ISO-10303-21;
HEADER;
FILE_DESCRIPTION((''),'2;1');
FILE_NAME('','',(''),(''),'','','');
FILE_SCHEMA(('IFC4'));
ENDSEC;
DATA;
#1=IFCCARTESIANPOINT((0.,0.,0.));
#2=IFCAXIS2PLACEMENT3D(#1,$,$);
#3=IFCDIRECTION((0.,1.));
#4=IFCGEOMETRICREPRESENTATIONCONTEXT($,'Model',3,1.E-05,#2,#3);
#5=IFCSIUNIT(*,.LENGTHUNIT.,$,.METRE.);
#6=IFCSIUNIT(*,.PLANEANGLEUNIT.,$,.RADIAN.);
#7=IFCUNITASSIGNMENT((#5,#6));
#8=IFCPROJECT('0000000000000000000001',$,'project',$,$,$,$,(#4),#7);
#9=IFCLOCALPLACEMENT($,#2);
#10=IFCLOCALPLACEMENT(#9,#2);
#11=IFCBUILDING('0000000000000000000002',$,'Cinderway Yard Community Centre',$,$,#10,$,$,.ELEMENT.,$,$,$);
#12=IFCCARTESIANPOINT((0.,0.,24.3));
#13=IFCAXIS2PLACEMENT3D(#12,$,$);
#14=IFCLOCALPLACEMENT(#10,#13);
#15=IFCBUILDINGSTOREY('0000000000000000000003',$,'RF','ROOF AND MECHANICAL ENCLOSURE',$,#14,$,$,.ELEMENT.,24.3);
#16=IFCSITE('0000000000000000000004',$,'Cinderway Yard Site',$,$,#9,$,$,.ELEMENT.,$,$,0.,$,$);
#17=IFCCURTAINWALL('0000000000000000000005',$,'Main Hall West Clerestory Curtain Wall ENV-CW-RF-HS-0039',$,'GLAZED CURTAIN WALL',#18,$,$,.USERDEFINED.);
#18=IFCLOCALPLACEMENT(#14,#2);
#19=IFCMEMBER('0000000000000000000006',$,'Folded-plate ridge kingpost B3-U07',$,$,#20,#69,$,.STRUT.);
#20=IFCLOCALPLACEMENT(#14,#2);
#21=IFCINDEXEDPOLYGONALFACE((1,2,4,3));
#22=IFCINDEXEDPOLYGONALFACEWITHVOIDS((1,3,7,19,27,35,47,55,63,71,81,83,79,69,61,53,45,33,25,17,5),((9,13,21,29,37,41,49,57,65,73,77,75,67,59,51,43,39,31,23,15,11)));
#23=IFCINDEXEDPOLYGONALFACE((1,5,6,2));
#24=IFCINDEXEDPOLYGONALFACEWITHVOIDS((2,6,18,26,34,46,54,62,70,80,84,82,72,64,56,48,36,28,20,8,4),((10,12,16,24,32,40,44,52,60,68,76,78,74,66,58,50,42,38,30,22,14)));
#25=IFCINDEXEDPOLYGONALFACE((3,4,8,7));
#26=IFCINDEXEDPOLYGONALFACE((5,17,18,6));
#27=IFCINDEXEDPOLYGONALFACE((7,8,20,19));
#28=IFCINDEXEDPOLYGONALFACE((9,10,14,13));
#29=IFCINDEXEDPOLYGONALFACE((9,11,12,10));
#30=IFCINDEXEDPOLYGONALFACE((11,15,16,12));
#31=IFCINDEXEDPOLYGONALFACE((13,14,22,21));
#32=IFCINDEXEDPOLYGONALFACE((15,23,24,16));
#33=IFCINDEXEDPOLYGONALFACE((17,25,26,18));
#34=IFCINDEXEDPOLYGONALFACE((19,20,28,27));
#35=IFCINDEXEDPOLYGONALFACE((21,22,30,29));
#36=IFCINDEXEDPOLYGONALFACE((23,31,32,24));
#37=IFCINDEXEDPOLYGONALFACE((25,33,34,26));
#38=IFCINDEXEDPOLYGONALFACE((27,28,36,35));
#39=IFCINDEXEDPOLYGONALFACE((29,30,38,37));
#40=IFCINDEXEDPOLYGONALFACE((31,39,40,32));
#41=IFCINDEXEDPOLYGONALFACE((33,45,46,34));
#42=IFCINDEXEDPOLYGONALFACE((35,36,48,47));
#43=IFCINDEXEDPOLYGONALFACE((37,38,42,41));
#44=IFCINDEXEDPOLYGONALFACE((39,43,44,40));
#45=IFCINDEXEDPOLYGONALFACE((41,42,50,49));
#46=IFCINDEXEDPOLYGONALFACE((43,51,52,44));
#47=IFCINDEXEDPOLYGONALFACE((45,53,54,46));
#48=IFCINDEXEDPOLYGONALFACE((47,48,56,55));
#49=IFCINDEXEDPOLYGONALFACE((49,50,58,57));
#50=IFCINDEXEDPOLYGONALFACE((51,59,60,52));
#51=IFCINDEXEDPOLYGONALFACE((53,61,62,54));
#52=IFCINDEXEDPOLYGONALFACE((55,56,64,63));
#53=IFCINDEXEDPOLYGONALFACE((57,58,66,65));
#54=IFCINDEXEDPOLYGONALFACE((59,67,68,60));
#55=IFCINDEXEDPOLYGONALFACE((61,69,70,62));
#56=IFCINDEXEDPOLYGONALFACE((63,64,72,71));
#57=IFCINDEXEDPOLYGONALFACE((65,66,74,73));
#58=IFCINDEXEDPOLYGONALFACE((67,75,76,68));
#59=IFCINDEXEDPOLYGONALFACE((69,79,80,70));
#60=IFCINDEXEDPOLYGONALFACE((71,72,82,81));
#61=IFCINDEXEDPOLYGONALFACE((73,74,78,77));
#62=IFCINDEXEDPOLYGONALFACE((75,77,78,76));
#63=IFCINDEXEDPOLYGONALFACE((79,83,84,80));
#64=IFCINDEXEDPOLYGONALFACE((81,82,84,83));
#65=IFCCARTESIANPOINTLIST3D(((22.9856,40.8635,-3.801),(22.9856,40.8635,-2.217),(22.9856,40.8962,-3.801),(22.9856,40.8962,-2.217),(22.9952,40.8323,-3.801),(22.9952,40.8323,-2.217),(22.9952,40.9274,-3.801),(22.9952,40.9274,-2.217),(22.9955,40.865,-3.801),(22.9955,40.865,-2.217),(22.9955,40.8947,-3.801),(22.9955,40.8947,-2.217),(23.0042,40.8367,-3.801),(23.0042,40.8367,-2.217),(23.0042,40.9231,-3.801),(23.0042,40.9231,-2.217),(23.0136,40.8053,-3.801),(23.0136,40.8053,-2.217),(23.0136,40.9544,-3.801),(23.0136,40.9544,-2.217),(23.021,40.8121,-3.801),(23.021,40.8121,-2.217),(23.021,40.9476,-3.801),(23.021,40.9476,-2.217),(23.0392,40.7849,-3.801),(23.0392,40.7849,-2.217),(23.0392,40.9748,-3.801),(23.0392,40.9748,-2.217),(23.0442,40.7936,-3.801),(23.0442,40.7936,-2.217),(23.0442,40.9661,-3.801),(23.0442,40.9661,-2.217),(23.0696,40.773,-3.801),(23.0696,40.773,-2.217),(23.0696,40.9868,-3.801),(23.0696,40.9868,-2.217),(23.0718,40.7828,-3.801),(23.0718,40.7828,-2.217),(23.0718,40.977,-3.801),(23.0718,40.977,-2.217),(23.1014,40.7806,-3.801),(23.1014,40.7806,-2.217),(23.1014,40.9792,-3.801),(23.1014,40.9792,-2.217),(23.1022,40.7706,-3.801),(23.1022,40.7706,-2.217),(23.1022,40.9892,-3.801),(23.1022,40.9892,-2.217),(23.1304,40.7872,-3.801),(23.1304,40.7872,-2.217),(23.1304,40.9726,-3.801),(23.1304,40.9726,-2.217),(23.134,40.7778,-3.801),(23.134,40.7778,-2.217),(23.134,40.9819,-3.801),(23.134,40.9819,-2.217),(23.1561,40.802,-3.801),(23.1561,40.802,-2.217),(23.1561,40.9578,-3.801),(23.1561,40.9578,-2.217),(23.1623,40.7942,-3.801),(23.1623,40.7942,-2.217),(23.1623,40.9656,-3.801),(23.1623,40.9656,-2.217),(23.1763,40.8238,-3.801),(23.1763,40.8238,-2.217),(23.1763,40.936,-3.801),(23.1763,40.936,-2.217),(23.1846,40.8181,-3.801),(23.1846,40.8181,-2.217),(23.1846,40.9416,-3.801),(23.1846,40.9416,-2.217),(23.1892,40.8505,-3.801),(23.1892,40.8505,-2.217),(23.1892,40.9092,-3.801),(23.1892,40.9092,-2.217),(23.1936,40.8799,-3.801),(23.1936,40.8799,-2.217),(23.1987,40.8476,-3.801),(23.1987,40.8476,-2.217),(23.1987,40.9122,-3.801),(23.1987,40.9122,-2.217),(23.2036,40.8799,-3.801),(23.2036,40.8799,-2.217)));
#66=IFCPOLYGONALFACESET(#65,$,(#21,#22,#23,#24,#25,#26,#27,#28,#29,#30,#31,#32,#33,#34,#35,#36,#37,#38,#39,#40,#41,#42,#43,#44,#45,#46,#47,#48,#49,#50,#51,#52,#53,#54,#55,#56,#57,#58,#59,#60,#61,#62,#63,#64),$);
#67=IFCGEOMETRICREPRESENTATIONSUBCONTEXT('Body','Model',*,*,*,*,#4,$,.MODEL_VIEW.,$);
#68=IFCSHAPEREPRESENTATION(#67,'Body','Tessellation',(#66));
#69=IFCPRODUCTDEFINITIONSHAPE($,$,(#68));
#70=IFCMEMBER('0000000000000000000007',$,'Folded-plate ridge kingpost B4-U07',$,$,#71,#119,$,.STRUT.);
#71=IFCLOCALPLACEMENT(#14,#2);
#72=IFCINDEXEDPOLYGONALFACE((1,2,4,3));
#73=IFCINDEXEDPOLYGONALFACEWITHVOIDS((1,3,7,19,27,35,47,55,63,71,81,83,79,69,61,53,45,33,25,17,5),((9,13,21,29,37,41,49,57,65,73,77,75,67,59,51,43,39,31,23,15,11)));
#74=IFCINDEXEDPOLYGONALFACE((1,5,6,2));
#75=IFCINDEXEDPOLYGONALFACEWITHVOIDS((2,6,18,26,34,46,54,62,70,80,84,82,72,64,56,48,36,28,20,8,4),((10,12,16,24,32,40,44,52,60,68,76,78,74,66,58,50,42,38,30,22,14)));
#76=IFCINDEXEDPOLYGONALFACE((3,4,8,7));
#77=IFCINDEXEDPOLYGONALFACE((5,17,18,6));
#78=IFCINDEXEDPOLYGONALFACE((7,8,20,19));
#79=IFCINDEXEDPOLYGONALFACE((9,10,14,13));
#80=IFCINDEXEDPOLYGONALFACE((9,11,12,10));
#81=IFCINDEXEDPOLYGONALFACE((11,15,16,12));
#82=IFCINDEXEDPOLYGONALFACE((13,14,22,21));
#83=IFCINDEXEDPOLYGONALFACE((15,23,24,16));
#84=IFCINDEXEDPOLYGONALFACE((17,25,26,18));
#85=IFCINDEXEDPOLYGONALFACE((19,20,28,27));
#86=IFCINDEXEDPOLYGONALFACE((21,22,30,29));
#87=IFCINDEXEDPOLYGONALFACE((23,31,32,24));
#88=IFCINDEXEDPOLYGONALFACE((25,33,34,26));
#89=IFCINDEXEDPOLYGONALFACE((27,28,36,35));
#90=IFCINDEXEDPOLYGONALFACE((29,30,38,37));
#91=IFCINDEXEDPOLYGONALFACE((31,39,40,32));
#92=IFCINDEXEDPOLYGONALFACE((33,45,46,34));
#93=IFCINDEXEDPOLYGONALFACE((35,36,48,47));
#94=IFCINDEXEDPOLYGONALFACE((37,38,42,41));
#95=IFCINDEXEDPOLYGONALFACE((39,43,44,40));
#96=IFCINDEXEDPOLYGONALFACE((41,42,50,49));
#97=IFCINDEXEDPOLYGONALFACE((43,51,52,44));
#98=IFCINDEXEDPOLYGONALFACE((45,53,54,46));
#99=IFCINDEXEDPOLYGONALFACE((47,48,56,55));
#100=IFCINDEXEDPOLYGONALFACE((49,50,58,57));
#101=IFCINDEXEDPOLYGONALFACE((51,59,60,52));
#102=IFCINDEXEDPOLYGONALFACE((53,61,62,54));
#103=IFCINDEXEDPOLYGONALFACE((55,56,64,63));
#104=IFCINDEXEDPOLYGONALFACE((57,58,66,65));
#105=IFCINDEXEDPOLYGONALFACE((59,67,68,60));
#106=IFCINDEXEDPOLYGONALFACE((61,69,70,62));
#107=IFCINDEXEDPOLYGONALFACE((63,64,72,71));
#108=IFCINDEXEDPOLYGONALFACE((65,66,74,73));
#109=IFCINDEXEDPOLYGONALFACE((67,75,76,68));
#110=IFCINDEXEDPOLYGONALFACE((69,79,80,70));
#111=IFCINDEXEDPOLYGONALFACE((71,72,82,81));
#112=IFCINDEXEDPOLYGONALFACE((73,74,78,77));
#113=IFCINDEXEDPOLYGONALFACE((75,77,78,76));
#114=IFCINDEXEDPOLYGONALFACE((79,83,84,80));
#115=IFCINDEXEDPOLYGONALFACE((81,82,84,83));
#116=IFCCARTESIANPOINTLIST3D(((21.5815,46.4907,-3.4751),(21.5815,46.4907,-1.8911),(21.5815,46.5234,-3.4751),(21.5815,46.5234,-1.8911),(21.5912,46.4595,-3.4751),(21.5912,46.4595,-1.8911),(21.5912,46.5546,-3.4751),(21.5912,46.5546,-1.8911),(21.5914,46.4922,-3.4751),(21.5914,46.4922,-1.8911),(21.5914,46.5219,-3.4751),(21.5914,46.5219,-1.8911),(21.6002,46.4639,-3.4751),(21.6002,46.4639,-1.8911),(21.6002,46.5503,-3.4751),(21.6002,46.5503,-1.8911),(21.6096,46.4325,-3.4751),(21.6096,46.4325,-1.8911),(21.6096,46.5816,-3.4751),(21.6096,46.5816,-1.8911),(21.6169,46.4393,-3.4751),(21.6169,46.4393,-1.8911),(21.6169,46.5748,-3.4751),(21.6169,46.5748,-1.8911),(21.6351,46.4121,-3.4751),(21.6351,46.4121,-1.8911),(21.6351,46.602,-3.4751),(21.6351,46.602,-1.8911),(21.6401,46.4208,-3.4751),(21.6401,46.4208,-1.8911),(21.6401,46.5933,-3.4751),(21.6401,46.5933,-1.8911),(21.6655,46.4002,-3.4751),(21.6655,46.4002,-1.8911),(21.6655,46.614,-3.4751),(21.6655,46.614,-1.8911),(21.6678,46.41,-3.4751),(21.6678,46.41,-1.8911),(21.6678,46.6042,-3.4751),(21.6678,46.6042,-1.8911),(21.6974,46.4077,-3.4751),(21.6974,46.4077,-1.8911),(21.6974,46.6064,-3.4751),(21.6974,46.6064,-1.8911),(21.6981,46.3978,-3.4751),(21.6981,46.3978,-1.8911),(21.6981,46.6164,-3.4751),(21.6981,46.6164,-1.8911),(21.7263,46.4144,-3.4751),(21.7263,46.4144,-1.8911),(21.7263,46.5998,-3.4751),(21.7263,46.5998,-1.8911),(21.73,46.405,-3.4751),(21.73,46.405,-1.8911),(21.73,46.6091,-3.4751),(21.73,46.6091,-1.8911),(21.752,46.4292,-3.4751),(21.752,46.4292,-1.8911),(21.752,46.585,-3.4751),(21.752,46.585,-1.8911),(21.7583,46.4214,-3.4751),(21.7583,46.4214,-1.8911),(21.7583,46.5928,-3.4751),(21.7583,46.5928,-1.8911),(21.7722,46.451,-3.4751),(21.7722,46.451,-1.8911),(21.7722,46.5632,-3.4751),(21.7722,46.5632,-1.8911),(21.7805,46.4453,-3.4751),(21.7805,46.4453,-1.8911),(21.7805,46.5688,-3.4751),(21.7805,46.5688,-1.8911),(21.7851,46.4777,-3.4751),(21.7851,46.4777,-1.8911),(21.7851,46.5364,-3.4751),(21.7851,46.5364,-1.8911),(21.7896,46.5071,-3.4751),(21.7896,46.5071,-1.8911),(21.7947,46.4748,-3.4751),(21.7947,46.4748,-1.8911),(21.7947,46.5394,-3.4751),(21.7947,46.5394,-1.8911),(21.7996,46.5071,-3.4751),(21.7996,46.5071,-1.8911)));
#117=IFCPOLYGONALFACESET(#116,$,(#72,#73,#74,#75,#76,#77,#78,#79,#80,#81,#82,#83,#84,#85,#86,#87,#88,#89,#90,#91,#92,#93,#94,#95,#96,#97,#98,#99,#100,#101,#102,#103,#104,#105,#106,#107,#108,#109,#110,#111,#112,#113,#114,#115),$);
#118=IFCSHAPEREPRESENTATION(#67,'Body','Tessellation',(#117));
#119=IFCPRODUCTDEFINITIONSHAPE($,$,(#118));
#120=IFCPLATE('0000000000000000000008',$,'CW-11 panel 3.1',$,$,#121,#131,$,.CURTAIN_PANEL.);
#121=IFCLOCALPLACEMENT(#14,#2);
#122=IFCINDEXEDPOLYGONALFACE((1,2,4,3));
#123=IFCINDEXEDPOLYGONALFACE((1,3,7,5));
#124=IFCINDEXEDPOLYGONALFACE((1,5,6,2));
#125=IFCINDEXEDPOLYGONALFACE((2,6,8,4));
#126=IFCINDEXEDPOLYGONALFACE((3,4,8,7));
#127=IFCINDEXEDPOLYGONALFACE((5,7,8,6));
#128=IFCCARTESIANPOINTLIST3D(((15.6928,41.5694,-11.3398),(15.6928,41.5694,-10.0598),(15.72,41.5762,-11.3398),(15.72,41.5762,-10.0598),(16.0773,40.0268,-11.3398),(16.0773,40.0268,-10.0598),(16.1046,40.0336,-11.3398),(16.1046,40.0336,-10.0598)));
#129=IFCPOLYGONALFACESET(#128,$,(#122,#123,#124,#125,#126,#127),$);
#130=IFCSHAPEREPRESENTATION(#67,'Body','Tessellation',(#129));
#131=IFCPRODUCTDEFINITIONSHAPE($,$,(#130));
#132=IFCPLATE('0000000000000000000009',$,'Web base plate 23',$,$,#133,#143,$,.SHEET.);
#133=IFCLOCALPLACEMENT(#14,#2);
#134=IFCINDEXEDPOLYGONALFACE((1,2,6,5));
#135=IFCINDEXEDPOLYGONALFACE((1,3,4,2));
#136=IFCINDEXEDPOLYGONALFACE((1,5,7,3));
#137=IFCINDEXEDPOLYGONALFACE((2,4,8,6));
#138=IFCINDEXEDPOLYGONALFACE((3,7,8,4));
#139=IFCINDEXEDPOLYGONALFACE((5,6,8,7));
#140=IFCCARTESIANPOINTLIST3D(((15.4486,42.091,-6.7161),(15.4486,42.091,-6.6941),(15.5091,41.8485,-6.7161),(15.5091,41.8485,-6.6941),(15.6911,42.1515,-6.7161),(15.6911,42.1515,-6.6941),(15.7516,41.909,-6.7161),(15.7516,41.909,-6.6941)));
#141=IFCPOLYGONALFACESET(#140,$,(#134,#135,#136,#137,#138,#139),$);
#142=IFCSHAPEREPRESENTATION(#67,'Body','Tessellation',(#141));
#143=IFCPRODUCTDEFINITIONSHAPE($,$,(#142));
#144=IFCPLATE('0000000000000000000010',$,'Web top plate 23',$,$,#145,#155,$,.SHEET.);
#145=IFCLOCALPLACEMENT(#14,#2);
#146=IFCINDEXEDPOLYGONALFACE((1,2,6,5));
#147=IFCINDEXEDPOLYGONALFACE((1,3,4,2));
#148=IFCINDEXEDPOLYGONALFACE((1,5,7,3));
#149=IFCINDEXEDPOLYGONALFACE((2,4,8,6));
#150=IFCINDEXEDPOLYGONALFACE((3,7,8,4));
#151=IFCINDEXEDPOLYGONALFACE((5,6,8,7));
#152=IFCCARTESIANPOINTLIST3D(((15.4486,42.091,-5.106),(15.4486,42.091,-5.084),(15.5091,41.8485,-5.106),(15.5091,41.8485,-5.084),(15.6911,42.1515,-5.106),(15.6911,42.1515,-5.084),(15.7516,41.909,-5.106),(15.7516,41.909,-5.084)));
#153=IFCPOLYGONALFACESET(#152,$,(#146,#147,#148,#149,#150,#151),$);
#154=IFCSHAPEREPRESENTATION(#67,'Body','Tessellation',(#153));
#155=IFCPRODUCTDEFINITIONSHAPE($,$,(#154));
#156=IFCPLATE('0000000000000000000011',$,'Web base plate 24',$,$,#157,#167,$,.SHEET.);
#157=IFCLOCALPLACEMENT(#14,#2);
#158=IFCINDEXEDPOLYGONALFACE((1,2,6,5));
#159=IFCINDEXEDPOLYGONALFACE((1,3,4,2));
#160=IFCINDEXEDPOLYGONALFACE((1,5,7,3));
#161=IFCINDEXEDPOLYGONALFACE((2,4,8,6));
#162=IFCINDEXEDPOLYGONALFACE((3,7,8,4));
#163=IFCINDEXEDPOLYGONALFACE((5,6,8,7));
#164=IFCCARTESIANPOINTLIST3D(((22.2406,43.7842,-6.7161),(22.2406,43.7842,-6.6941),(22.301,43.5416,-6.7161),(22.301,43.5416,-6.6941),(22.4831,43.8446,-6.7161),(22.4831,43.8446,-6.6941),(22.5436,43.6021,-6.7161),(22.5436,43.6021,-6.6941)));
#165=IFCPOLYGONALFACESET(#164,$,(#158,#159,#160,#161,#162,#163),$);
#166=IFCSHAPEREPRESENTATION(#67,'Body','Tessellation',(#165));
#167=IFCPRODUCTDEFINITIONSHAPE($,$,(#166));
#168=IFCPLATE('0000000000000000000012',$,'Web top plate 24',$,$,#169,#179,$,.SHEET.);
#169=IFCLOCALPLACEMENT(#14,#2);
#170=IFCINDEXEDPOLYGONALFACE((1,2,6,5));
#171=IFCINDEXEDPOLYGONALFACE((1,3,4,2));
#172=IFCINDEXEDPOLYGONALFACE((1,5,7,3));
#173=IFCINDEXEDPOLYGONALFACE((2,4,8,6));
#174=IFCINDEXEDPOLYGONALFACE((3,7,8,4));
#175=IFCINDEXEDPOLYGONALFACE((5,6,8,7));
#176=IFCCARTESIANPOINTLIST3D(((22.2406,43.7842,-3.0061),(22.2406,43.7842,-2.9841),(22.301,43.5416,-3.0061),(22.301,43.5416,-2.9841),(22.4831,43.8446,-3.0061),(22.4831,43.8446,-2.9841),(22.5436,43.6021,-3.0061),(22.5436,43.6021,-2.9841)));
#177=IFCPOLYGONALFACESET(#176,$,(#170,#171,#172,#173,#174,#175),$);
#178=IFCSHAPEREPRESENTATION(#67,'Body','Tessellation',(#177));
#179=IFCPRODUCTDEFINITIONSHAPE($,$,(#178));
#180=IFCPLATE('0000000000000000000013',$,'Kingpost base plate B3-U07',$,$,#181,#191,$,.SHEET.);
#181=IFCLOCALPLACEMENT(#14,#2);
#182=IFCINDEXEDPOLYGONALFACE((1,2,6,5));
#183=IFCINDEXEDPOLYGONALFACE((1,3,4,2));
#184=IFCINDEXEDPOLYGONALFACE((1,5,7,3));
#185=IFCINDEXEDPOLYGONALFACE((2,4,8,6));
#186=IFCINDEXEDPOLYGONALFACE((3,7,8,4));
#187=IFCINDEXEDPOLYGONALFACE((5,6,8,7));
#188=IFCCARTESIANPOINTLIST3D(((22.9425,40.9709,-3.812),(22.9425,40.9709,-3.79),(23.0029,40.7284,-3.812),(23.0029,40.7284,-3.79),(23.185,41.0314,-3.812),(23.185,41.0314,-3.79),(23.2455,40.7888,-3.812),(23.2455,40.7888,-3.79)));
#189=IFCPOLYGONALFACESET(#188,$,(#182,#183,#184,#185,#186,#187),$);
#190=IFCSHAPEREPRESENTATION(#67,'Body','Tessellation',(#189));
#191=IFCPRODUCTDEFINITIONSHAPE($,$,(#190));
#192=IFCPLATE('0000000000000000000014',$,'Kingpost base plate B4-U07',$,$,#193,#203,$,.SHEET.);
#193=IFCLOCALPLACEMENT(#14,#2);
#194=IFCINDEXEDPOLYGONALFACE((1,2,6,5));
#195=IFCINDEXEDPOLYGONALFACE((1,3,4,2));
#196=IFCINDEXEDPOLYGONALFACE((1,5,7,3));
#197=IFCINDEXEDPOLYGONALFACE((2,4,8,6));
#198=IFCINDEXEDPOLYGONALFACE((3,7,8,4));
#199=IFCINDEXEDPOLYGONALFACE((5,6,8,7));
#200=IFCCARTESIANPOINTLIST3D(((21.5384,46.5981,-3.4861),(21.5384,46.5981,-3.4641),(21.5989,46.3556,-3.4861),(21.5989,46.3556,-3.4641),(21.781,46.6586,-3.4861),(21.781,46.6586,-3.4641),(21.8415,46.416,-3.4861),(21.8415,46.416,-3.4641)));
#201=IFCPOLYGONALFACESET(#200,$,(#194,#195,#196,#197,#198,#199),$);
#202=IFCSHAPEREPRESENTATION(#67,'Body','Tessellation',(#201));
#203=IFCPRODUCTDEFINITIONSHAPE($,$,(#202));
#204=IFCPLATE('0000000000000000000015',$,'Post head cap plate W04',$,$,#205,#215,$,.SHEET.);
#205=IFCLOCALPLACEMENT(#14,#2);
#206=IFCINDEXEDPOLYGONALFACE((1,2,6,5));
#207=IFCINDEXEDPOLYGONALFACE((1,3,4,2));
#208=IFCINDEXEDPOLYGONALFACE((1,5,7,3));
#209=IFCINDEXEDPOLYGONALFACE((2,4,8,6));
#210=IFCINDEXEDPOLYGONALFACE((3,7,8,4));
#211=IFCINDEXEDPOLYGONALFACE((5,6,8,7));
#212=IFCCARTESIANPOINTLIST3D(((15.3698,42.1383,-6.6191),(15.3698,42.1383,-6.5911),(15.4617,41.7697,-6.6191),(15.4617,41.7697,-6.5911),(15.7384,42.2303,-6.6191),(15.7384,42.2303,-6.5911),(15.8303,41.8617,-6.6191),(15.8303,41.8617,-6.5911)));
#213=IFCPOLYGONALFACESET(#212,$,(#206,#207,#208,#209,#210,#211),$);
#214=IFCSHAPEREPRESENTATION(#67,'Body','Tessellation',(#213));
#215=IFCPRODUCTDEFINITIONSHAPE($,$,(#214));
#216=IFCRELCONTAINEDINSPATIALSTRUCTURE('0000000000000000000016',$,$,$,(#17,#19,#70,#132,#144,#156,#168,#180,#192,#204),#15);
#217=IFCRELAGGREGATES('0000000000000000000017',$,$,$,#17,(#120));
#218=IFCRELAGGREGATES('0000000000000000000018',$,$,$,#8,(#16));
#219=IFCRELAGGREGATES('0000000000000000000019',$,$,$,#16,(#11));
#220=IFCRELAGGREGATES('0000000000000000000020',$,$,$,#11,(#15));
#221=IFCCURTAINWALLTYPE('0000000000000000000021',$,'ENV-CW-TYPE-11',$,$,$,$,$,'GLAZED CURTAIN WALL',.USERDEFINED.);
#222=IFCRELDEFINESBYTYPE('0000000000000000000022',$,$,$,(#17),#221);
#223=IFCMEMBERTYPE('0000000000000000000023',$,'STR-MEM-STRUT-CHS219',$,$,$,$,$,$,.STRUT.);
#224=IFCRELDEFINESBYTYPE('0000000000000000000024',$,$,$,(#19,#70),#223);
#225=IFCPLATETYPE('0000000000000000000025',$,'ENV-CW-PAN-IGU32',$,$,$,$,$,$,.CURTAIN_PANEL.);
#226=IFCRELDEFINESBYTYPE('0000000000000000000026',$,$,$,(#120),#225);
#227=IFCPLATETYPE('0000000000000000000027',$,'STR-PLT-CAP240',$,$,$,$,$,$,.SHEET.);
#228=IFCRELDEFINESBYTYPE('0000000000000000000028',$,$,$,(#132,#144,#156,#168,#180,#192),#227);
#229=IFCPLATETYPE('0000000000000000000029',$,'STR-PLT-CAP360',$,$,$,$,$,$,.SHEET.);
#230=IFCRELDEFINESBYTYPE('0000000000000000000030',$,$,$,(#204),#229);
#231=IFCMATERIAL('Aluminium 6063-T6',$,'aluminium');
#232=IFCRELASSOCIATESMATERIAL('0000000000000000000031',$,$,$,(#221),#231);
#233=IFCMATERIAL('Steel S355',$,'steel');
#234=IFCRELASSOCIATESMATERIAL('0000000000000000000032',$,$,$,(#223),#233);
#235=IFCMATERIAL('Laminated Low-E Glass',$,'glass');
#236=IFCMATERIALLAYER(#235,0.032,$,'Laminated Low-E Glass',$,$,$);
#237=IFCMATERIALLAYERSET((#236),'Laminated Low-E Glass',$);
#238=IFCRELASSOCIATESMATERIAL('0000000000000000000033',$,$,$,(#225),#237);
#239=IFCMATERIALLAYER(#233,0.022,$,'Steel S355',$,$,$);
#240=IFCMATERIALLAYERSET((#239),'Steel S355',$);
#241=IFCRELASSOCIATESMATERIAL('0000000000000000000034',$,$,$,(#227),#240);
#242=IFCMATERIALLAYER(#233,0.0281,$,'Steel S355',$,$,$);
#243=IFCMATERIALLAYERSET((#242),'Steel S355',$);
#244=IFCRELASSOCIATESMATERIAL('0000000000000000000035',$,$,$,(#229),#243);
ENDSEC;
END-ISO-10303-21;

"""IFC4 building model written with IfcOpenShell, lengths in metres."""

from ifc_helpers import new_model, si_unit, direction, frame, origin, origin_2d, place, context, subcontext, project, spatial, rectangle, hollow_circle, extrude, material, layer, layer_set, material_profile, profile_set, type_object, element, aggregate, save


model = new_model("IFC4")

# Units and contexts
model_context = context("Model", 3, precision=1e-05, world=origin(), true_north=direction((0.0, 1.0)))
body_context = subcontext(model_context, "Body", "Model", "MODEL_VIEW")
ifc_project = project(units=[si_unit("LENGTHUNIT", "METRE"), si_unit("PLANEANGLEUNIT", "RADIAN")], contexts=[model_context])

# Site, building, storey
site_placement = place(None, origin())
site = spatial("IfcSite", under=ifc_project, at=site_placement, Name="Cinderway Yard Site", CompositionType="ELEMENT", RefElevation=0.0)
building_placement = place(site_placement, origin())
building = spatial("IfcBuilding", under=site, at=building_placement, Name="Cinderway Yard Community Centre", CompositionType="ELEMENT")
storey_placement = place(building_placement, frame((0.0, 0.0, 24.3)))
storey = spatial("IfcBuildingStorey", under=building, at=storey_placement, Name="RF", Description="ROOF AND MECHANICAL ENCLOSURE", CompositionType="ELEMENT", Elevation=24.3)

# Curtain wall
ifc_material_1 = material(Name="Aluminium 6063-T6", Category="aluminium")
curtain_wall_type = type_object("IfcCurtainWallType", Name="ENV-CW-TYPE-11", ElementType="GLAZED CURTAIN WALL", PredefinedType="USERDEFINED", material=ifc_material_1)
curtain_wall_placement = place(storey_placement, origin())
curtain_wall = element("IfcCurtainWall", 1, at=curtain_wall_placement, inside=storey, type_object=curtain_wall_type, Name="Main Hall West Clerestory Curtain Wall ENV-CW-RF-HS-0039", ObjectType="GLAZED CURTAIN WALL", PredefinedType="USERDEFINED")

# Shared definitions
ifc_material_2 = material(Name="Steel S355", Category="steel")

# Members
ifc_material_profile_1 = material_profile(ifc_material_2, hollow_circle(Radius=0.1096, WallThickness=0.01, at=origin_2d()), Name="Steel S355")
ifc_profile_set_1 = profile_set([ifc_material_profile_1], Name="Steel S355")
member_type_1 = type_object("IfcMemberType", Name="STR-MEM-STRUT-CHS219", PredefinedType="STRUT", material=ifc_profile_set_1)
for number, where, z_axis, x_axis, name in (
    (2, (23.094, 40.8799, -3.801), (0.0, 0.0, 1.0), (1.0, 0.0, 0.0), "Folded-plate ridge kingpost B3-U07"),
    (3, (21.6899, 46.5071, -3.4751), (0.0, 0.0, 1.0), (1.0, 0.0, 0.0), "Folded-plate ridge kingpost B4-U07"),
):
    element("IfcMember", number, at=place(storey_placement, frame(where, z_axis=z_axis, x_axis=x_axis)), inside=storey, type_object=member_type_1, Name=name, PredefinedType="STRUT", context=body_context, shape_type="SweptSolid", body=[
        extrude(hollow_circle(Radius=0.1096, WallThickness=0.01, at=origin_2d()), origin(), (0.0, 0.0, 1.0), 1.584),
    ])

# Plate
ifc_material_3 = material(Name="Laminated Low-E Glass", Category="glass")
ifc_layer_1 = layer(ifc_material_3, 0.032, Name="Laminated Low-E Glass")
ifc_layer_set_1 = layer_set([ifc_layer_1], Name="Laminated Low-E Glass")
plate_type_1 = type_object("IfcPlateType", Name="ENV-CW-PAN-IGU32", PredefinedType="CURTAIN_PANEL", material=ifc_layer_set_1)
plate_placement = place(storey_placement, frame((15.8987, 40.8015, -11.3398), z_axis=(0.0, 0.0, 1.0), x_axis=(-0.241882, 0.970306, 0.0)))
plate = element("IfcPlate", 4, at=plate_placement, type_object=plate_type_1, Name="CW-11 panel 3.1", PredefinedType="CURTAIN_PANEL", context=body_context, shape_type="SweptSolid", body=[
    extrude(rectangle(XDim=1.5898, YDim=0.0281, at=origin_2d()), origin(), (0.0, 0.0, 1.0), 1.28),
])
aggregate(curtain_wall, [plate])

# Plates
ifc_layer_2 = layer(ifc_material_2, 0.022, Name="Steel S355")
ifc_layer_set_2 = layer_set([ifc_layer_2], Name="Steel S355")
plate_type_2 = type_object("IfcPlateType", Name="STR-PLT-CAP240", PredefinedType="SHEET", material=ifc_layer_set_2)
for number, where, z_axis, x_axis, name in (
    (5, (15.6001, 42.0, -6.7161), (0.0, 0.0, 1.0), (0.970296, 0.241922, 0.0), "Web base plate 23"),
    (6, (15.6001, 42.0, -5.106), (0.0, 0.0, 1.0), (0.970296, 0.241922, 0.0), "Web top plate 23"),
    (7, (22.3921, 43.6931, -6.7161), (0.0, 0.0, 1.0), (0.970296, 0.241922, 0.0), "Web base plate 24"),
    (8, (22.3921, 43.6931, -3.0061), (0.0, 0.0, 1.0), (0.970296, 0.241922, 0.0), "Web top plate 24"),
    (9, (23.094, 40.8799, -3.812), (0.0, 0.0, 1.0), (0.970296, 0.241922, 0.0), "Kingpost base plate B3-U07"),
    (10, (21.6899, 46.5071, -3.4861), (0.0, 0.0, 1.0), (0.970296, 0.241922, 0.0), "Kingpost base plate B4-U07"),
):
    element("IfcPlate", number, at=place(storey_placement, frame(where, z_axis=z_axis, x_axis=x_axis)), inside=storey, type_object=plate_type_2, Name=name, PredefinedType="SHEET", context=body_context, shape_type="SweptSolid", body=[
        extrude(rectangle(XDim=0.25, YDim=0.25, at=origin_2d()), origin(), (0.0, 0.0, 1.0), 0.022),
    ])
ifc_layer_3 = layer(ifc_material_2, 0.0281, Name="Steel S355")
ifc_layer_set_3 = layer_set([ifc_layer_3], Name="Steel S355")
plate_type_3 = type_object("IfcPlateType", Name="STR-PLT-CAP360", PredefinedType="SHEET", material=ifc_layer_set_3)
for number, where, z_axis, x_axis, name in (
    (11, (15.6001, 42.0, -6.6191), (0.0, 0.0, 1.0), (0.970296, 0.241922, 0.0), "Post head cap plate W04"),
):
    element("IfcPlate", number, at=place(storey_placement, frame(where, z_axis=z_axis, x_axis=x_axis)), inside=storey, type_object=plate_type_3, Name=name, PredefinedType="SHEET", context=body_context, shape_type="SweptSolid", body=[
        extrude(rectangle(XDim=0.3799, YDim=0.3799, at=origin_2d()), origin(), (0.0, 0.0, 1.0), 0.0281),
    ])

save(model, "model.ifc")
